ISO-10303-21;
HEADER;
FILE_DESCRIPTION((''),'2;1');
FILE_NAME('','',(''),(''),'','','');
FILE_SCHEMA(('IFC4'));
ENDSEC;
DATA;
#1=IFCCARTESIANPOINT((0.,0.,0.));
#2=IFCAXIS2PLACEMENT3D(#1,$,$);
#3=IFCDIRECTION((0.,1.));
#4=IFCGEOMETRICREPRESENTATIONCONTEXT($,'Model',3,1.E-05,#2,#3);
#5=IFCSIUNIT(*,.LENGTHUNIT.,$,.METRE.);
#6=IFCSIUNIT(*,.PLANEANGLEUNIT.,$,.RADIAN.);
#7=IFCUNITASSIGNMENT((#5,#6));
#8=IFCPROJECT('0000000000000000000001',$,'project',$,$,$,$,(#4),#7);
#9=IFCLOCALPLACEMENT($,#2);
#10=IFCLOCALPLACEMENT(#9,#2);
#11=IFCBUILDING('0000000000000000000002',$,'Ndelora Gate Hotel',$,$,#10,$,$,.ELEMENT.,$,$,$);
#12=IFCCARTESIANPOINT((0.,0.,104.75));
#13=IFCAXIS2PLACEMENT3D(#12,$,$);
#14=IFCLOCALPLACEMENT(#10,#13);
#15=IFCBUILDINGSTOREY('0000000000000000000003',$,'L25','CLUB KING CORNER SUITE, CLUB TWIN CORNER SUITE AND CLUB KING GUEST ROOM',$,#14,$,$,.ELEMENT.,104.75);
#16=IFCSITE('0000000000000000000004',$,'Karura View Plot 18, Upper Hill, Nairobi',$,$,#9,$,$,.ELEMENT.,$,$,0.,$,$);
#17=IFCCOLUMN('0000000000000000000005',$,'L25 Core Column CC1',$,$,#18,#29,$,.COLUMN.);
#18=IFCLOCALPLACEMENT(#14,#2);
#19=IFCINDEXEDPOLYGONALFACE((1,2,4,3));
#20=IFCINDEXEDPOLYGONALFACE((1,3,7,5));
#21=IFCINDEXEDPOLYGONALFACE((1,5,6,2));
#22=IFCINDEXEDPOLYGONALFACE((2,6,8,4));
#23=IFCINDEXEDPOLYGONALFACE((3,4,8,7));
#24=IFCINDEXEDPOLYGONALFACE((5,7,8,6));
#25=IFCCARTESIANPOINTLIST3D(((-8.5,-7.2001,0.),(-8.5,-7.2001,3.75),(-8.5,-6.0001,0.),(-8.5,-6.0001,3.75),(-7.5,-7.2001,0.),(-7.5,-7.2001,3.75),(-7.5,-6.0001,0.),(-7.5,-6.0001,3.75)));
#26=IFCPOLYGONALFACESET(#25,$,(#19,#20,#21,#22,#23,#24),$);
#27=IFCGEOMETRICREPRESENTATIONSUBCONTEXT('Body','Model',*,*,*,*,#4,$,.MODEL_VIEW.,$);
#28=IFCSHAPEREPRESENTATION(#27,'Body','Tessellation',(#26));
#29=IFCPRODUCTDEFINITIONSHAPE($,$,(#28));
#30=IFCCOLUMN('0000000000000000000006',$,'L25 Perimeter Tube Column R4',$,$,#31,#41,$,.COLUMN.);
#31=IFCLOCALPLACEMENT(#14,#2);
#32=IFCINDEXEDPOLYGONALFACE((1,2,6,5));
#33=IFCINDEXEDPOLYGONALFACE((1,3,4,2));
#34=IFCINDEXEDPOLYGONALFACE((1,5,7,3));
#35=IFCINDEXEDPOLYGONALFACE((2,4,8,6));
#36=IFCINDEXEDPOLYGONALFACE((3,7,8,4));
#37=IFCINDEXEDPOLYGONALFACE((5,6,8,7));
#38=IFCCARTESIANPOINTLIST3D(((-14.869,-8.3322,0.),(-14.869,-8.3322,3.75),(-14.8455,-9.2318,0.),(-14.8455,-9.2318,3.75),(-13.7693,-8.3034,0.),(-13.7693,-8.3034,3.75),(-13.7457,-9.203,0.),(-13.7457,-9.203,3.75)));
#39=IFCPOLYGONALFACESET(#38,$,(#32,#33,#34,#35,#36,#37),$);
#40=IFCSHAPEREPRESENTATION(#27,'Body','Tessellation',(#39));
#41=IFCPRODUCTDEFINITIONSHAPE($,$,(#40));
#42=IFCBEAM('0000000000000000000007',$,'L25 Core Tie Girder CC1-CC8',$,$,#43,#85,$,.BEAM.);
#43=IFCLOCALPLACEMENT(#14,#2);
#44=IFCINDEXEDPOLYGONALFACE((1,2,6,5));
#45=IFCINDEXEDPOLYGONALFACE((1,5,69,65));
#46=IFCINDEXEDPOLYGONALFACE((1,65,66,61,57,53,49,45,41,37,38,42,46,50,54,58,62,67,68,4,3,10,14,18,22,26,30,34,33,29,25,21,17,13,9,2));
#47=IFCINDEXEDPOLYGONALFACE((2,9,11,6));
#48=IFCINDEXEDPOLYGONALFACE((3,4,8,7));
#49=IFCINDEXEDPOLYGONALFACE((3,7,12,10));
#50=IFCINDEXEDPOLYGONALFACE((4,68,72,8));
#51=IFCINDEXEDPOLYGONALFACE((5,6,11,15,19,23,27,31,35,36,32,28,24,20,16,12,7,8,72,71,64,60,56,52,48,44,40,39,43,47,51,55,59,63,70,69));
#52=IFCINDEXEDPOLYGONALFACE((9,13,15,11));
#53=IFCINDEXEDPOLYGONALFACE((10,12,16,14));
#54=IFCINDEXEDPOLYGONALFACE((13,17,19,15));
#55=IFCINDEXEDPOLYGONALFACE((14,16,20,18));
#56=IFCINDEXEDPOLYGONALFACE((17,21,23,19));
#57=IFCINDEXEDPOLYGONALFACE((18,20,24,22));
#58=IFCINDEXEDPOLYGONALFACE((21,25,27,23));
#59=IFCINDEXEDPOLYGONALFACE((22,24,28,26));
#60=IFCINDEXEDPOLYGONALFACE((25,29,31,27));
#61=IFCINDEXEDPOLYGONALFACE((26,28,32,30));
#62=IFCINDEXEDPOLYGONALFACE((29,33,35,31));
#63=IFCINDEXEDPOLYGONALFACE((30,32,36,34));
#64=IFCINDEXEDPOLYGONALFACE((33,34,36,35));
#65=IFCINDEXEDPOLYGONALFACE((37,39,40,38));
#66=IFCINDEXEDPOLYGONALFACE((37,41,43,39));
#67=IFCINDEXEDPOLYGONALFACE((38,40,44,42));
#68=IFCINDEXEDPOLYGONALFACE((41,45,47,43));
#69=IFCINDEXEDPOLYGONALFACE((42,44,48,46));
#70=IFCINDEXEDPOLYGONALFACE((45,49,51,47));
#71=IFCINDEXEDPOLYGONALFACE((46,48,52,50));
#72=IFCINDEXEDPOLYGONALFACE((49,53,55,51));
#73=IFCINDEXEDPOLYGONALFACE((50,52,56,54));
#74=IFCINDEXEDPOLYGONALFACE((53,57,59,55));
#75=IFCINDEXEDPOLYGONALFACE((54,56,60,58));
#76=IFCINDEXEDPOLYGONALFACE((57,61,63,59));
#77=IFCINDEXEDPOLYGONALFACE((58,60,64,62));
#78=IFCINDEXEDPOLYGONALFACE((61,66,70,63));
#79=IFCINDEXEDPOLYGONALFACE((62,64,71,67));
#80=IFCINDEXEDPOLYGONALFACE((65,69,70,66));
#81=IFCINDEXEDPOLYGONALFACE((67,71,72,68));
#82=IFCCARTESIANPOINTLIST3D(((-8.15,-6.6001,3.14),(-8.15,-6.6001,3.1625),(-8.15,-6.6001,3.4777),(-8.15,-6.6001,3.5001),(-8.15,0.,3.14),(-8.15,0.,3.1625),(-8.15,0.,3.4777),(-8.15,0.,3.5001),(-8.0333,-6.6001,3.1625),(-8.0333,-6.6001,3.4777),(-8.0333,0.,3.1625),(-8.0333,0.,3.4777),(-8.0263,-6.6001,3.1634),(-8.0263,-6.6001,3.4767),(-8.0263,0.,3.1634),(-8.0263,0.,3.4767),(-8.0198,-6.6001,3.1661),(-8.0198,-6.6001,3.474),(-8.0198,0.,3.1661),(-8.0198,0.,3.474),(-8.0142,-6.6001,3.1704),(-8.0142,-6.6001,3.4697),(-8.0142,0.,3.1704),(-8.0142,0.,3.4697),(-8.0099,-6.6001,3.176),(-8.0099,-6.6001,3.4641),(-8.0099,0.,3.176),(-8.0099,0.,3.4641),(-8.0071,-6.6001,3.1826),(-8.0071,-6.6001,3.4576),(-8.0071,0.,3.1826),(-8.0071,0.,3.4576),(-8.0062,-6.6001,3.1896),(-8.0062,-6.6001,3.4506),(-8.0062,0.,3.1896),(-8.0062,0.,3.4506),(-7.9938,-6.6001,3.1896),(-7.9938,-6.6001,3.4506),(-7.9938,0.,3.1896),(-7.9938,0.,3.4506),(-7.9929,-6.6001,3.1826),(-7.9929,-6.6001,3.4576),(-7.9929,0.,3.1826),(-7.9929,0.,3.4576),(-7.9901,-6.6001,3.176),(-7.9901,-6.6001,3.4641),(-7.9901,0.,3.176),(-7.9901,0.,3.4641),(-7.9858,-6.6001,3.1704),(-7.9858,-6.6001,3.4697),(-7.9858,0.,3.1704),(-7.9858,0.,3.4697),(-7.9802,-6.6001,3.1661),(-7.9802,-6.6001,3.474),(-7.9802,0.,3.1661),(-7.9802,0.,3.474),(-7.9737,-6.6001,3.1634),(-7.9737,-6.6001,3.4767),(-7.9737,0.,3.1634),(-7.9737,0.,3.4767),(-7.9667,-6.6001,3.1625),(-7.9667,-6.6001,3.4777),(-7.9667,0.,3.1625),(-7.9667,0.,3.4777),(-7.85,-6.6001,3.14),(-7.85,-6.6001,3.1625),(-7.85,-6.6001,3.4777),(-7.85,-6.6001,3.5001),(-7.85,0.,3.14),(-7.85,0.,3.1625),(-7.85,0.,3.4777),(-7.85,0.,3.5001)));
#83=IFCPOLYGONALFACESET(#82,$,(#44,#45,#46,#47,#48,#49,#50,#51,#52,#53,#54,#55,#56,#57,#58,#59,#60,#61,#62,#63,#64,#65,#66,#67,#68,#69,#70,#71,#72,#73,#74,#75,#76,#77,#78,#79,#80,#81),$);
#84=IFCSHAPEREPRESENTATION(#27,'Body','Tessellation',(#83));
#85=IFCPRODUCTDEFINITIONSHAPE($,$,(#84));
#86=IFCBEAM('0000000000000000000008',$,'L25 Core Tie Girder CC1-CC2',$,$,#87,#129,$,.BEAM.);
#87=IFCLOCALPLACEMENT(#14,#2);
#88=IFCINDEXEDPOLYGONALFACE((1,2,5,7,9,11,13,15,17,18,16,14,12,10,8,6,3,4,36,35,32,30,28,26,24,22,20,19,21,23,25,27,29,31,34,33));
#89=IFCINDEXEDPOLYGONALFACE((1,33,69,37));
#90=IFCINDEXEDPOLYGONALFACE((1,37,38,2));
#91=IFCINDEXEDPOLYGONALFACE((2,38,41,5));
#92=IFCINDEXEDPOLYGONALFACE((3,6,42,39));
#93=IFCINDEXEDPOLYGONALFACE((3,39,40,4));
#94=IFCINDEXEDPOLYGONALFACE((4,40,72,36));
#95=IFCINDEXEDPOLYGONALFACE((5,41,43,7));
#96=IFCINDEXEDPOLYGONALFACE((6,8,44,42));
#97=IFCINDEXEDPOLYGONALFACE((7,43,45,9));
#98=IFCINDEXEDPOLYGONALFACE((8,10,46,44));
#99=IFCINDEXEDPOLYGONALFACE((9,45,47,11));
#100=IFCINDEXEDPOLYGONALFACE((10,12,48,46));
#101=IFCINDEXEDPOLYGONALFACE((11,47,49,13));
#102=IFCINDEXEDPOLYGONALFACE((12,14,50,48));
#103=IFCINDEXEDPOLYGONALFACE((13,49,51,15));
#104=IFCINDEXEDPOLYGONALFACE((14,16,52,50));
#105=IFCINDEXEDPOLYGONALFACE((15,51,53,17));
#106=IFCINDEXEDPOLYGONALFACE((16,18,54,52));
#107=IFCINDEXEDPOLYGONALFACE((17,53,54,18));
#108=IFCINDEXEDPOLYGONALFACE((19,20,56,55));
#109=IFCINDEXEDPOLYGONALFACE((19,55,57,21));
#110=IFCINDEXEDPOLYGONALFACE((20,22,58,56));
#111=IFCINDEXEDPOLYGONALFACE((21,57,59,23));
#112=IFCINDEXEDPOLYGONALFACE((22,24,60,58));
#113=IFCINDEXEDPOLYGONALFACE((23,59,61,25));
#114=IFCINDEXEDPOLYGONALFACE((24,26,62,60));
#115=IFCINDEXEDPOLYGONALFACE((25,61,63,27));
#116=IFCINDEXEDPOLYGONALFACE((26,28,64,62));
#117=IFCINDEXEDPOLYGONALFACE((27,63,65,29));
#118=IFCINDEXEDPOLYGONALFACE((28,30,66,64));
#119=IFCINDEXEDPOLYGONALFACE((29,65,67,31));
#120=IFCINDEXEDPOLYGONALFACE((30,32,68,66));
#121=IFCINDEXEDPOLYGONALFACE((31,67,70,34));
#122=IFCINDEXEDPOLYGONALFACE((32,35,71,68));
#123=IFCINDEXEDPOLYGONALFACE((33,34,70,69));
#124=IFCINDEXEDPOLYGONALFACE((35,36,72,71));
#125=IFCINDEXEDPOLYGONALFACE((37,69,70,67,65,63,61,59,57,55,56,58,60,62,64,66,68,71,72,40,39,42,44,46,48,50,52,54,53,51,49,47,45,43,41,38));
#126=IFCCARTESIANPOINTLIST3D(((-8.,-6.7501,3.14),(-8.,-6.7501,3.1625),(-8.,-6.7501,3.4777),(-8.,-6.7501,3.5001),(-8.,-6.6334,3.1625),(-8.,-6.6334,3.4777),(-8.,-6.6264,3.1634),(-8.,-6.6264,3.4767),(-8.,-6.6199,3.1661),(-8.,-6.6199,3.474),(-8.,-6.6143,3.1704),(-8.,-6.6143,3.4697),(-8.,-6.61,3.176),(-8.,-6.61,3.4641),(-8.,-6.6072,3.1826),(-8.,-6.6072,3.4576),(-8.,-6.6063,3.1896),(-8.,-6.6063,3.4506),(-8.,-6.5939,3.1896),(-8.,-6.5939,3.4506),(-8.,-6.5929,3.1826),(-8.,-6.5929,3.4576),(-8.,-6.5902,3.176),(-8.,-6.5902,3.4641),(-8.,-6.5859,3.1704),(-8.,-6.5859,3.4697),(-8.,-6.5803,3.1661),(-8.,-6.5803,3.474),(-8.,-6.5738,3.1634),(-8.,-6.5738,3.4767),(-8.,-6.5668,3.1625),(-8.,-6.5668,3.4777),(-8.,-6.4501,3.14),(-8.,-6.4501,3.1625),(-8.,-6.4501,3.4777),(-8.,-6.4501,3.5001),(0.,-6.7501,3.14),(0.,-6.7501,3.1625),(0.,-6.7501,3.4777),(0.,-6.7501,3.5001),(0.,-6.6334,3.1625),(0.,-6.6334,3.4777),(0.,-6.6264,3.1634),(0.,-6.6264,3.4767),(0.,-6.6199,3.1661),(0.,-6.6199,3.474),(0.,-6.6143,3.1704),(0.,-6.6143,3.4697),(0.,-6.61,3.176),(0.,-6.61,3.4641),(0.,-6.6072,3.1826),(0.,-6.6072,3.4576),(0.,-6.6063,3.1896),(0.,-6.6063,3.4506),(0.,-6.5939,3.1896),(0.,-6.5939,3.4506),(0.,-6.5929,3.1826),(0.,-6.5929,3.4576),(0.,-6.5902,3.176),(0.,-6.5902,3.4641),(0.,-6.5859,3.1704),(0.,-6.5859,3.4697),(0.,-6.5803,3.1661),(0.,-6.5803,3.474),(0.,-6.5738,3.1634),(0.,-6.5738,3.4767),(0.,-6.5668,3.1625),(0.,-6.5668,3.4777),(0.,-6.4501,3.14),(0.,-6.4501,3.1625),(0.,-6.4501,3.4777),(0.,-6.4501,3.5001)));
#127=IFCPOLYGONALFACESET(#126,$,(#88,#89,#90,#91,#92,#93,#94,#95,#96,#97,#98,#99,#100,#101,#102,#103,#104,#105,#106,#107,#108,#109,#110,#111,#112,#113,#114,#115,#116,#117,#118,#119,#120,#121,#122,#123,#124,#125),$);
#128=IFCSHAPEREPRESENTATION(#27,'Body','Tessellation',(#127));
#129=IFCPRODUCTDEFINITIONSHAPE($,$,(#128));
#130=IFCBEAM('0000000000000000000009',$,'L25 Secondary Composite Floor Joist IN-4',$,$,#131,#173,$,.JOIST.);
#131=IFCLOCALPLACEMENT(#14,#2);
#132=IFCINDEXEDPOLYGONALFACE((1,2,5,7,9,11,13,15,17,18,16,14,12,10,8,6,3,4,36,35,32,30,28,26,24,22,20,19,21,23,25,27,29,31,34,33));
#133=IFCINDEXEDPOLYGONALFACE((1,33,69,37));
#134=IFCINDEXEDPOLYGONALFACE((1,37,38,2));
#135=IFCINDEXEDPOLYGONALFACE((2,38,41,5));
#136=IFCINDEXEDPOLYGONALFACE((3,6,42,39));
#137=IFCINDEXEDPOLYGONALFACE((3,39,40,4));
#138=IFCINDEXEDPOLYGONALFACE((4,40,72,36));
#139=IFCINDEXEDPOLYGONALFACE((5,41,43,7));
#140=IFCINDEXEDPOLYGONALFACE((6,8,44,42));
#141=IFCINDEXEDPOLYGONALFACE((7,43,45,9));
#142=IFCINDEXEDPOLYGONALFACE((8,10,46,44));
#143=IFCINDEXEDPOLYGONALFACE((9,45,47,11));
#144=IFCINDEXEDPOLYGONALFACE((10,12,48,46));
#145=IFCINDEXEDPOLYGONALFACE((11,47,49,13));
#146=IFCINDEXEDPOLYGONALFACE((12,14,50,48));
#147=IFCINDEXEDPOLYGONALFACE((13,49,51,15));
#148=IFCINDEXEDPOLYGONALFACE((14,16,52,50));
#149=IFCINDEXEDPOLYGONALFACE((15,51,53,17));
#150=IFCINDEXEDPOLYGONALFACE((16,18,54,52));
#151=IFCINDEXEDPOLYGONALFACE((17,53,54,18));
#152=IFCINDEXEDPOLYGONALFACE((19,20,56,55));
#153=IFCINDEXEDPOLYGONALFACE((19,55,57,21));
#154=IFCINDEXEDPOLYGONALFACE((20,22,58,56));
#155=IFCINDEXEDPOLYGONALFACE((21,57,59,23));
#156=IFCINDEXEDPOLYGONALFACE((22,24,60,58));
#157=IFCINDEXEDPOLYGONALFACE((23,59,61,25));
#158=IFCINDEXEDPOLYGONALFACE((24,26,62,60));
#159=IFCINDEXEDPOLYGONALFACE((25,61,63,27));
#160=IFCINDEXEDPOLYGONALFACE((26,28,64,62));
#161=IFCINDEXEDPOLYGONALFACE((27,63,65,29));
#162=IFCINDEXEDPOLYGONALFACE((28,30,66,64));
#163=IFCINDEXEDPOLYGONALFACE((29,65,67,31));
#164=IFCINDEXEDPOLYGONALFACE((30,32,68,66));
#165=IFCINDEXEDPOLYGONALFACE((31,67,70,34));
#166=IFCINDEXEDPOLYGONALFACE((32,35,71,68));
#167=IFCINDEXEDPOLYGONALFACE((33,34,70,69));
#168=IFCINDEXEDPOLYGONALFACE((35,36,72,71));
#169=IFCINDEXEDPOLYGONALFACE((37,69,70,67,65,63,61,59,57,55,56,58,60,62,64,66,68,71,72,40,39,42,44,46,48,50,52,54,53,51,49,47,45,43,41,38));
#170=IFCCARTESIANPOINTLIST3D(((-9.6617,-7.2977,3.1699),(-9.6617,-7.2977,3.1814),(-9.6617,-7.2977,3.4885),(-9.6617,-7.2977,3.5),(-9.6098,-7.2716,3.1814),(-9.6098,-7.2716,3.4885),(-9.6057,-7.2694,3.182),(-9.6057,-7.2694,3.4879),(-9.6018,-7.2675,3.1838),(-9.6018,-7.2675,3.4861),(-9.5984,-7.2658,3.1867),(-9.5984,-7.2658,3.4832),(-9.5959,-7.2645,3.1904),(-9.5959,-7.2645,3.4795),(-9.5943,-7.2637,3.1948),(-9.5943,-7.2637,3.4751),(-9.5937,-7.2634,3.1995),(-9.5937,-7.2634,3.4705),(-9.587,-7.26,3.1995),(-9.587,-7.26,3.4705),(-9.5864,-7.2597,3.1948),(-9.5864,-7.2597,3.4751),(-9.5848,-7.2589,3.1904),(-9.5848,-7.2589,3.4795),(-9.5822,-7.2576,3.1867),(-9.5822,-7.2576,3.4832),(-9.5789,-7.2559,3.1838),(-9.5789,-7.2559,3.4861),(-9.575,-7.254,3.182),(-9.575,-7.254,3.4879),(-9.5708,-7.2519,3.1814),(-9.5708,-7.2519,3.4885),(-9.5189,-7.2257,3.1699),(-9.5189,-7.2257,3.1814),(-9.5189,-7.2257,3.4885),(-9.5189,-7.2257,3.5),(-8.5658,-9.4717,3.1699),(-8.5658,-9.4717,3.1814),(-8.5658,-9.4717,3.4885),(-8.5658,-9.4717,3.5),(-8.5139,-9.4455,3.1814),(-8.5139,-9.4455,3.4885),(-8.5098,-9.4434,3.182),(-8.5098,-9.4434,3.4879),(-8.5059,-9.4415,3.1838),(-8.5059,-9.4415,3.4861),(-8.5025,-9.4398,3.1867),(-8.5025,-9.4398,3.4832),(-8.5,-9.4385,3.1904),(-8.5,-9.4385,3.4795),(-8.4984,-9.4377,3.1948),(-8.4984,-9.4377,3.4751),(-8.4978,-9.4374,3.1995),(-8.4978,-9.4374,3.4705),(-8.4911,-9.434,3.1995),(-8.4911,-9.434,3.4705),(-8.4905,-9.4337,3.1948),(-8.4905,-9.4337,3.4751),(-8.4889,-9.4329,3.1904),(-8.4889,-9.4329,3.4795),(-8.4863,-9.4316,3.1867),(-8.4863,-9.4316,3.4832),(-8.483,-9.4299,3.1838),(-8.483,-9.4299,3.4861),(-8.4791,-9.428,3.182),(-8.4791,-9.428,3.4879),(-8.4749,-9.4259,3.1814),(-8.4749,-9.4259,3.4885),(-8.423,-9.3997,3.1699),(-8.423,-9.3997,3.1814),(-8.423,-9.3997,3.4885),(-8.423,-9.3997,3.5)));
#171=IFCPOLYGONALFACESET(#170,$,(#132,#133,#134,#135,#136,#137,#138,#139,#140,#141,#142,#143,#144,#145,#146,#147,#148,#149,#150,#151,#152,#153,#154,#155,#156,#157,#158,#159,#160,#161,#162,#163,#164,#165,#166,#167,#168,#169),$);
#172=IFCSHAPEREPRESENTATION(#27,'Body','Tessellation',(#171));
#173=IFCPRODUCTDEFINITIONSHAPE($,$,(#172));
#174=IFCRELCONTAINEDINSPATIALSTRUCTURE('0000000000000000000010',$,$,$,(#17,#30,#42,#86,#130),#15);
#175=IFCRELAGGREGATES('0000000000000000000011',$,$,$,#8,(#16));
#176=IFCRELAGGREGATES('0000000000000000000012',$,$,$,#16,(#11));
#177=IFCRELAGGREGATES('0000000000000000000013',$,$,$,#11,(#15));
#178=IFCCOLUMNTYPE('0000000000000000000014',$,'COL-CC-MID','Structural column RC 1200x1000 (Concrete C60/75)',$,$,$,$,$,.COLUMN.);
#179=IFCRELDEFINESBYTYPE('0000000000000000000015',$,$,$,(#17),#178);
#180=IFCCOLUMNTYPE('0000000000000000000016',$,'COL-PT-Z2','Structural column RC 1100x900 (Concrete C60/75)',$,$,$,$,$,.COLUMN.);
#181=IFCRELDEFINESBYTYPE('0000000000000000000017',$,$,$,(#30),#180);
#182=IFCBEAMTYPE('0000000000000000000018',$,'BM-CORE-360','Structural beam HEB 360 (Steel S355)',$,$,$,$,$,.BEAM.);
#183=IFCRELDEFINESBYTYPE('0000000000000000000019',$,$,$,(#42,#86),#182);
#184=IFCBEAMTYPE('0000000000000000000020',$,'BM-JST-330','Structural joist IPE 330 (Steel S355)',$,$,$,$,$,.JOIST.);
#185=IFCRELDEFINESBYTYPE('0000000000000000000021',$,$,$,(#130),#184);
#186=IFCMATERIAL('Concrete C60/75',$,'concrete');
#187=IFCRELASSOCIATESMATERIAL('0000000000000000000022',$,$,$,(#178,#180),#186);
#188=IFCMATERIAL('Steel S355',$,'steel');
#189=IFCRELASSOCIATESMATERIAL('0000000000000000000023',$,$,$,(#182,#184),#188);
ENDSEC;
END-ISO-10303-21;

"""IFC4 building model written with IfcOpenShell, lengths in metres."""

from ifc_helpers import new_model, si_unit, direction, frame, origin, origin_2d, place, context, subcontext, project, spatial, rectangle, i_section, extrude, material, material_profile, profile_set, type_object, element, save


model = new_model("IFC4")

# Units and contexts
model_context = context("Model", 3, precision=1e-05, world=origin(), true_north=direction((0.0, 1.0)))
body_context = subcontext(model_context, "Body", "Model", "MODEL_VIEW")
ifc_project = project(units=[si_unit("LENGTHUNIT", "METRE"), si_unit("PLANEANGLEUNIT", "RADIAN")], contexts=[model_context])

# Site, building, storey
site_placement = place(None, origin())
site = spatial("IfcSite", under=ifc_project, at=site_placement, Name="Karura View Plot 18, Upper Hill, Nairobi", CompositionType="ELEMENT", RefElevation=0.0)
building_placement = place(site_placement, origin())
building = spatial("IfcBuilding", under=site, at=building_placement, Name="Ndelora Gate Hotel", CompositionType="ELEMENT")
storey_placement = place(building_placement, frame((0.0, 0.0, 104.75)))
storey = spatial("IfcBuildingStorey", under=building, at=storey_placement, Name="L25", Description="CLUB KING CORNER SUITE, CLUB TWIN CORNER SUITE AND CLUB KING GUEST ROOM", CompositionType="ELEMENT", Elevation=104.75)

# Columns
ifc_material_1 = material(Name="Concrete C60/75", Category="concrete")
ifc_material_profile_1 = material_profile(ifc_material_1, rectangle(XDim=1.0, YDim=1.2, at=origin_2d()), Name="RC 1200x1000")
ifc_profile_set_1 = profile_set([ifc_material_profile_1], Name="Concrete C60/75")
column_type_1 = type_object("IfcColumnType", Name="COL-CC-MID", Description="Structural column RC 1200x1000 (Concrete C60/75)", PredefinedType="COLUMN", material=ifc_profile_set_1)
column_1_placement = place(storey_placement, frame((-8.0, -6.6001, 0.0), z_axis=(0.0, 0.0, 1.0), x_axis=(1.0, 0.0, 0.0)))
element("IfcColumn", 1, at=column_1_placement, inside=storey, type_object=column_type_1, Name="L25 Core Column CC1", PredefinedType="COLUMN", context=body_context, shape_type="SweptSolid", body=[
    extrude(rectangle(XDim=1.0, YDim=1.2, at=origin_2d()), origin(), (0.0, 0.0, 1.0), 3.75),
])
ifc_material_profile_2 = material_profile(ifc_material_1, rectangle(XDim=0.8999, YDim=1.1001, at=origin_2d()), Name="RC 1100x900")
ifc_profile_set_2 = profile_set([ifc_material_profile_2], Name="Concrete C60/75")
column_type_2 = type_object("IfcColumnType", Name="COL-PT-Z2", Description="Structural column RC 1100x900 (Concrete C60/75)", PredefinedType="COLUMN", material=ifc_profile_set_2)
column_2_placement = place(storey_placement, frame((-14.3074, -8.7676, 0.0), z_axis=(0.0, 0.0, 1.0), x_axis=(-0.026177, 0.999657, 0.0)))
element("IfcColumn", 2, at=column_2_placement, inside=storey, type_object=column_type_2, Name="L25 Perimeter Tube Column R4", PredefinedType="COLUMN", context=body_context, shape_type="SweptSolid", body=[
    extrude(rectangle(XDim=0.8999, YDim=1.1001, at=origin_2d()), origin(), (0.0, 0.0, 1.0), 3.75),
])

# Beams
ifc_material_2 = material(Name="Steel S355", Category="steel")
ifc_material_profile_3 = material_profile(ifc_material_2, i_section(OverallWidth=0.3, OverallDepth=0.3601, WebThickness=0.0125, FlangeThickness=0.0225, FilletRadius=0.0271, at=origin_2d()), Name="HEB 360")
ifc_profile_set_3 = profile_set([ifc_material_profile_3], Name="Steel S355")
beam_type_1 = type_object("IfcBeamType", Name="BM-CORE-360", Description="Structural beam HEB 360 (Steel S355)", PredefinedType="BEAM", material=ifc_profile_set_3)
beam_1_placement = place(storey_placement, frame((-8.0, -6.6001, 3.3201), z_axis=(0.0, 1.0, 0.0), x_axis=(-1.0, 0.0, 0.0)))
element("IfcBeam", 3, at=beam_1_placement, inside=storey, type_object=beam_type_1, Name="L25 Core Tie Girder CC1-CC8", PredefinedType="BEAM", context=body_context, shape_type="SweptSolid", body=[
    extrude(i_section(OverallWidth=0.3, OverallDepth=0.3601, WebThickness=0.0125, FlangeThickness=0.0225, FilletRadius=0.0271, at=origin_2d()), origin(), (0.0, 0.0, 1.0), 6.6001),
])
beam_2_placement = place(storey_placement, frame((-8.0, -6.6001, 3.3201), z_axis=(1.0, 0.0, 0.0), x_axis=(0.0, 1.0, 0.0)))
element("IfcBeam", 4, at=beam_2_placement, inside=storey, type_object=beam_type_1, Name="L25 Core Tie Girder CC1-CC2", PredefinedType="BEAM", context=body_context, shape_type="SweptSolid", body=[
    extrude(i_section(OverallWidth=0.3, OverallDepth=0.3601, WebThickness=0.0125, FlangeThickness=0.0225, FilletRadius=0.0271, at=origin_2d()), origin(), (0.0, 0.0, 1.0), 8.0),
])
ifc_material_profile_4 = material_profile(ifc_material_2, i_section(OverallWidth=0.1599, OverallDepth=0.3301, WebThickness=0.0076, FlangeThickness=0.0115, FilletRadius=0.0181, at=origin_2d()), Name="IPE 330")
ifc_profile_set_4 = profile_set([ifc_material_profile_4], Name="Steel S355")
beam_type_2 = type_object("IfcBeamType", Name="BM-JST-330", Description="Structural joist IPE 330 (Steel S355)", PredefinedType="JOIST", material=ifc_profile_set_4)
beam_3_placement = place(storey_placement, frame((-9.5903, -7.2617, 3.335), z_axis=(0.450139, -0.892958, 0.0), x_axis=(0.892958, 0.450139, 0.0)))
element("IfcBeam", 5, at=beam_3_placement, inside=storey, type_object=beam_type_2, Name="L25 Secondary Composite Floor Joist IN-4", PredefinedType="JOIST", context=body_context, shape_type="SweptSolid", body=[
    extrude(i_section(OverallWidth=0.1599, OverallDepth=0.3301, WebThickness=0.0076, FlangeThickness=0.0115, FilletRadius=0.0181, at=origin_2d()), origin(), (0.0, 0.0, 1.0), 2.4346),
])

save(model, "model.ifc")
